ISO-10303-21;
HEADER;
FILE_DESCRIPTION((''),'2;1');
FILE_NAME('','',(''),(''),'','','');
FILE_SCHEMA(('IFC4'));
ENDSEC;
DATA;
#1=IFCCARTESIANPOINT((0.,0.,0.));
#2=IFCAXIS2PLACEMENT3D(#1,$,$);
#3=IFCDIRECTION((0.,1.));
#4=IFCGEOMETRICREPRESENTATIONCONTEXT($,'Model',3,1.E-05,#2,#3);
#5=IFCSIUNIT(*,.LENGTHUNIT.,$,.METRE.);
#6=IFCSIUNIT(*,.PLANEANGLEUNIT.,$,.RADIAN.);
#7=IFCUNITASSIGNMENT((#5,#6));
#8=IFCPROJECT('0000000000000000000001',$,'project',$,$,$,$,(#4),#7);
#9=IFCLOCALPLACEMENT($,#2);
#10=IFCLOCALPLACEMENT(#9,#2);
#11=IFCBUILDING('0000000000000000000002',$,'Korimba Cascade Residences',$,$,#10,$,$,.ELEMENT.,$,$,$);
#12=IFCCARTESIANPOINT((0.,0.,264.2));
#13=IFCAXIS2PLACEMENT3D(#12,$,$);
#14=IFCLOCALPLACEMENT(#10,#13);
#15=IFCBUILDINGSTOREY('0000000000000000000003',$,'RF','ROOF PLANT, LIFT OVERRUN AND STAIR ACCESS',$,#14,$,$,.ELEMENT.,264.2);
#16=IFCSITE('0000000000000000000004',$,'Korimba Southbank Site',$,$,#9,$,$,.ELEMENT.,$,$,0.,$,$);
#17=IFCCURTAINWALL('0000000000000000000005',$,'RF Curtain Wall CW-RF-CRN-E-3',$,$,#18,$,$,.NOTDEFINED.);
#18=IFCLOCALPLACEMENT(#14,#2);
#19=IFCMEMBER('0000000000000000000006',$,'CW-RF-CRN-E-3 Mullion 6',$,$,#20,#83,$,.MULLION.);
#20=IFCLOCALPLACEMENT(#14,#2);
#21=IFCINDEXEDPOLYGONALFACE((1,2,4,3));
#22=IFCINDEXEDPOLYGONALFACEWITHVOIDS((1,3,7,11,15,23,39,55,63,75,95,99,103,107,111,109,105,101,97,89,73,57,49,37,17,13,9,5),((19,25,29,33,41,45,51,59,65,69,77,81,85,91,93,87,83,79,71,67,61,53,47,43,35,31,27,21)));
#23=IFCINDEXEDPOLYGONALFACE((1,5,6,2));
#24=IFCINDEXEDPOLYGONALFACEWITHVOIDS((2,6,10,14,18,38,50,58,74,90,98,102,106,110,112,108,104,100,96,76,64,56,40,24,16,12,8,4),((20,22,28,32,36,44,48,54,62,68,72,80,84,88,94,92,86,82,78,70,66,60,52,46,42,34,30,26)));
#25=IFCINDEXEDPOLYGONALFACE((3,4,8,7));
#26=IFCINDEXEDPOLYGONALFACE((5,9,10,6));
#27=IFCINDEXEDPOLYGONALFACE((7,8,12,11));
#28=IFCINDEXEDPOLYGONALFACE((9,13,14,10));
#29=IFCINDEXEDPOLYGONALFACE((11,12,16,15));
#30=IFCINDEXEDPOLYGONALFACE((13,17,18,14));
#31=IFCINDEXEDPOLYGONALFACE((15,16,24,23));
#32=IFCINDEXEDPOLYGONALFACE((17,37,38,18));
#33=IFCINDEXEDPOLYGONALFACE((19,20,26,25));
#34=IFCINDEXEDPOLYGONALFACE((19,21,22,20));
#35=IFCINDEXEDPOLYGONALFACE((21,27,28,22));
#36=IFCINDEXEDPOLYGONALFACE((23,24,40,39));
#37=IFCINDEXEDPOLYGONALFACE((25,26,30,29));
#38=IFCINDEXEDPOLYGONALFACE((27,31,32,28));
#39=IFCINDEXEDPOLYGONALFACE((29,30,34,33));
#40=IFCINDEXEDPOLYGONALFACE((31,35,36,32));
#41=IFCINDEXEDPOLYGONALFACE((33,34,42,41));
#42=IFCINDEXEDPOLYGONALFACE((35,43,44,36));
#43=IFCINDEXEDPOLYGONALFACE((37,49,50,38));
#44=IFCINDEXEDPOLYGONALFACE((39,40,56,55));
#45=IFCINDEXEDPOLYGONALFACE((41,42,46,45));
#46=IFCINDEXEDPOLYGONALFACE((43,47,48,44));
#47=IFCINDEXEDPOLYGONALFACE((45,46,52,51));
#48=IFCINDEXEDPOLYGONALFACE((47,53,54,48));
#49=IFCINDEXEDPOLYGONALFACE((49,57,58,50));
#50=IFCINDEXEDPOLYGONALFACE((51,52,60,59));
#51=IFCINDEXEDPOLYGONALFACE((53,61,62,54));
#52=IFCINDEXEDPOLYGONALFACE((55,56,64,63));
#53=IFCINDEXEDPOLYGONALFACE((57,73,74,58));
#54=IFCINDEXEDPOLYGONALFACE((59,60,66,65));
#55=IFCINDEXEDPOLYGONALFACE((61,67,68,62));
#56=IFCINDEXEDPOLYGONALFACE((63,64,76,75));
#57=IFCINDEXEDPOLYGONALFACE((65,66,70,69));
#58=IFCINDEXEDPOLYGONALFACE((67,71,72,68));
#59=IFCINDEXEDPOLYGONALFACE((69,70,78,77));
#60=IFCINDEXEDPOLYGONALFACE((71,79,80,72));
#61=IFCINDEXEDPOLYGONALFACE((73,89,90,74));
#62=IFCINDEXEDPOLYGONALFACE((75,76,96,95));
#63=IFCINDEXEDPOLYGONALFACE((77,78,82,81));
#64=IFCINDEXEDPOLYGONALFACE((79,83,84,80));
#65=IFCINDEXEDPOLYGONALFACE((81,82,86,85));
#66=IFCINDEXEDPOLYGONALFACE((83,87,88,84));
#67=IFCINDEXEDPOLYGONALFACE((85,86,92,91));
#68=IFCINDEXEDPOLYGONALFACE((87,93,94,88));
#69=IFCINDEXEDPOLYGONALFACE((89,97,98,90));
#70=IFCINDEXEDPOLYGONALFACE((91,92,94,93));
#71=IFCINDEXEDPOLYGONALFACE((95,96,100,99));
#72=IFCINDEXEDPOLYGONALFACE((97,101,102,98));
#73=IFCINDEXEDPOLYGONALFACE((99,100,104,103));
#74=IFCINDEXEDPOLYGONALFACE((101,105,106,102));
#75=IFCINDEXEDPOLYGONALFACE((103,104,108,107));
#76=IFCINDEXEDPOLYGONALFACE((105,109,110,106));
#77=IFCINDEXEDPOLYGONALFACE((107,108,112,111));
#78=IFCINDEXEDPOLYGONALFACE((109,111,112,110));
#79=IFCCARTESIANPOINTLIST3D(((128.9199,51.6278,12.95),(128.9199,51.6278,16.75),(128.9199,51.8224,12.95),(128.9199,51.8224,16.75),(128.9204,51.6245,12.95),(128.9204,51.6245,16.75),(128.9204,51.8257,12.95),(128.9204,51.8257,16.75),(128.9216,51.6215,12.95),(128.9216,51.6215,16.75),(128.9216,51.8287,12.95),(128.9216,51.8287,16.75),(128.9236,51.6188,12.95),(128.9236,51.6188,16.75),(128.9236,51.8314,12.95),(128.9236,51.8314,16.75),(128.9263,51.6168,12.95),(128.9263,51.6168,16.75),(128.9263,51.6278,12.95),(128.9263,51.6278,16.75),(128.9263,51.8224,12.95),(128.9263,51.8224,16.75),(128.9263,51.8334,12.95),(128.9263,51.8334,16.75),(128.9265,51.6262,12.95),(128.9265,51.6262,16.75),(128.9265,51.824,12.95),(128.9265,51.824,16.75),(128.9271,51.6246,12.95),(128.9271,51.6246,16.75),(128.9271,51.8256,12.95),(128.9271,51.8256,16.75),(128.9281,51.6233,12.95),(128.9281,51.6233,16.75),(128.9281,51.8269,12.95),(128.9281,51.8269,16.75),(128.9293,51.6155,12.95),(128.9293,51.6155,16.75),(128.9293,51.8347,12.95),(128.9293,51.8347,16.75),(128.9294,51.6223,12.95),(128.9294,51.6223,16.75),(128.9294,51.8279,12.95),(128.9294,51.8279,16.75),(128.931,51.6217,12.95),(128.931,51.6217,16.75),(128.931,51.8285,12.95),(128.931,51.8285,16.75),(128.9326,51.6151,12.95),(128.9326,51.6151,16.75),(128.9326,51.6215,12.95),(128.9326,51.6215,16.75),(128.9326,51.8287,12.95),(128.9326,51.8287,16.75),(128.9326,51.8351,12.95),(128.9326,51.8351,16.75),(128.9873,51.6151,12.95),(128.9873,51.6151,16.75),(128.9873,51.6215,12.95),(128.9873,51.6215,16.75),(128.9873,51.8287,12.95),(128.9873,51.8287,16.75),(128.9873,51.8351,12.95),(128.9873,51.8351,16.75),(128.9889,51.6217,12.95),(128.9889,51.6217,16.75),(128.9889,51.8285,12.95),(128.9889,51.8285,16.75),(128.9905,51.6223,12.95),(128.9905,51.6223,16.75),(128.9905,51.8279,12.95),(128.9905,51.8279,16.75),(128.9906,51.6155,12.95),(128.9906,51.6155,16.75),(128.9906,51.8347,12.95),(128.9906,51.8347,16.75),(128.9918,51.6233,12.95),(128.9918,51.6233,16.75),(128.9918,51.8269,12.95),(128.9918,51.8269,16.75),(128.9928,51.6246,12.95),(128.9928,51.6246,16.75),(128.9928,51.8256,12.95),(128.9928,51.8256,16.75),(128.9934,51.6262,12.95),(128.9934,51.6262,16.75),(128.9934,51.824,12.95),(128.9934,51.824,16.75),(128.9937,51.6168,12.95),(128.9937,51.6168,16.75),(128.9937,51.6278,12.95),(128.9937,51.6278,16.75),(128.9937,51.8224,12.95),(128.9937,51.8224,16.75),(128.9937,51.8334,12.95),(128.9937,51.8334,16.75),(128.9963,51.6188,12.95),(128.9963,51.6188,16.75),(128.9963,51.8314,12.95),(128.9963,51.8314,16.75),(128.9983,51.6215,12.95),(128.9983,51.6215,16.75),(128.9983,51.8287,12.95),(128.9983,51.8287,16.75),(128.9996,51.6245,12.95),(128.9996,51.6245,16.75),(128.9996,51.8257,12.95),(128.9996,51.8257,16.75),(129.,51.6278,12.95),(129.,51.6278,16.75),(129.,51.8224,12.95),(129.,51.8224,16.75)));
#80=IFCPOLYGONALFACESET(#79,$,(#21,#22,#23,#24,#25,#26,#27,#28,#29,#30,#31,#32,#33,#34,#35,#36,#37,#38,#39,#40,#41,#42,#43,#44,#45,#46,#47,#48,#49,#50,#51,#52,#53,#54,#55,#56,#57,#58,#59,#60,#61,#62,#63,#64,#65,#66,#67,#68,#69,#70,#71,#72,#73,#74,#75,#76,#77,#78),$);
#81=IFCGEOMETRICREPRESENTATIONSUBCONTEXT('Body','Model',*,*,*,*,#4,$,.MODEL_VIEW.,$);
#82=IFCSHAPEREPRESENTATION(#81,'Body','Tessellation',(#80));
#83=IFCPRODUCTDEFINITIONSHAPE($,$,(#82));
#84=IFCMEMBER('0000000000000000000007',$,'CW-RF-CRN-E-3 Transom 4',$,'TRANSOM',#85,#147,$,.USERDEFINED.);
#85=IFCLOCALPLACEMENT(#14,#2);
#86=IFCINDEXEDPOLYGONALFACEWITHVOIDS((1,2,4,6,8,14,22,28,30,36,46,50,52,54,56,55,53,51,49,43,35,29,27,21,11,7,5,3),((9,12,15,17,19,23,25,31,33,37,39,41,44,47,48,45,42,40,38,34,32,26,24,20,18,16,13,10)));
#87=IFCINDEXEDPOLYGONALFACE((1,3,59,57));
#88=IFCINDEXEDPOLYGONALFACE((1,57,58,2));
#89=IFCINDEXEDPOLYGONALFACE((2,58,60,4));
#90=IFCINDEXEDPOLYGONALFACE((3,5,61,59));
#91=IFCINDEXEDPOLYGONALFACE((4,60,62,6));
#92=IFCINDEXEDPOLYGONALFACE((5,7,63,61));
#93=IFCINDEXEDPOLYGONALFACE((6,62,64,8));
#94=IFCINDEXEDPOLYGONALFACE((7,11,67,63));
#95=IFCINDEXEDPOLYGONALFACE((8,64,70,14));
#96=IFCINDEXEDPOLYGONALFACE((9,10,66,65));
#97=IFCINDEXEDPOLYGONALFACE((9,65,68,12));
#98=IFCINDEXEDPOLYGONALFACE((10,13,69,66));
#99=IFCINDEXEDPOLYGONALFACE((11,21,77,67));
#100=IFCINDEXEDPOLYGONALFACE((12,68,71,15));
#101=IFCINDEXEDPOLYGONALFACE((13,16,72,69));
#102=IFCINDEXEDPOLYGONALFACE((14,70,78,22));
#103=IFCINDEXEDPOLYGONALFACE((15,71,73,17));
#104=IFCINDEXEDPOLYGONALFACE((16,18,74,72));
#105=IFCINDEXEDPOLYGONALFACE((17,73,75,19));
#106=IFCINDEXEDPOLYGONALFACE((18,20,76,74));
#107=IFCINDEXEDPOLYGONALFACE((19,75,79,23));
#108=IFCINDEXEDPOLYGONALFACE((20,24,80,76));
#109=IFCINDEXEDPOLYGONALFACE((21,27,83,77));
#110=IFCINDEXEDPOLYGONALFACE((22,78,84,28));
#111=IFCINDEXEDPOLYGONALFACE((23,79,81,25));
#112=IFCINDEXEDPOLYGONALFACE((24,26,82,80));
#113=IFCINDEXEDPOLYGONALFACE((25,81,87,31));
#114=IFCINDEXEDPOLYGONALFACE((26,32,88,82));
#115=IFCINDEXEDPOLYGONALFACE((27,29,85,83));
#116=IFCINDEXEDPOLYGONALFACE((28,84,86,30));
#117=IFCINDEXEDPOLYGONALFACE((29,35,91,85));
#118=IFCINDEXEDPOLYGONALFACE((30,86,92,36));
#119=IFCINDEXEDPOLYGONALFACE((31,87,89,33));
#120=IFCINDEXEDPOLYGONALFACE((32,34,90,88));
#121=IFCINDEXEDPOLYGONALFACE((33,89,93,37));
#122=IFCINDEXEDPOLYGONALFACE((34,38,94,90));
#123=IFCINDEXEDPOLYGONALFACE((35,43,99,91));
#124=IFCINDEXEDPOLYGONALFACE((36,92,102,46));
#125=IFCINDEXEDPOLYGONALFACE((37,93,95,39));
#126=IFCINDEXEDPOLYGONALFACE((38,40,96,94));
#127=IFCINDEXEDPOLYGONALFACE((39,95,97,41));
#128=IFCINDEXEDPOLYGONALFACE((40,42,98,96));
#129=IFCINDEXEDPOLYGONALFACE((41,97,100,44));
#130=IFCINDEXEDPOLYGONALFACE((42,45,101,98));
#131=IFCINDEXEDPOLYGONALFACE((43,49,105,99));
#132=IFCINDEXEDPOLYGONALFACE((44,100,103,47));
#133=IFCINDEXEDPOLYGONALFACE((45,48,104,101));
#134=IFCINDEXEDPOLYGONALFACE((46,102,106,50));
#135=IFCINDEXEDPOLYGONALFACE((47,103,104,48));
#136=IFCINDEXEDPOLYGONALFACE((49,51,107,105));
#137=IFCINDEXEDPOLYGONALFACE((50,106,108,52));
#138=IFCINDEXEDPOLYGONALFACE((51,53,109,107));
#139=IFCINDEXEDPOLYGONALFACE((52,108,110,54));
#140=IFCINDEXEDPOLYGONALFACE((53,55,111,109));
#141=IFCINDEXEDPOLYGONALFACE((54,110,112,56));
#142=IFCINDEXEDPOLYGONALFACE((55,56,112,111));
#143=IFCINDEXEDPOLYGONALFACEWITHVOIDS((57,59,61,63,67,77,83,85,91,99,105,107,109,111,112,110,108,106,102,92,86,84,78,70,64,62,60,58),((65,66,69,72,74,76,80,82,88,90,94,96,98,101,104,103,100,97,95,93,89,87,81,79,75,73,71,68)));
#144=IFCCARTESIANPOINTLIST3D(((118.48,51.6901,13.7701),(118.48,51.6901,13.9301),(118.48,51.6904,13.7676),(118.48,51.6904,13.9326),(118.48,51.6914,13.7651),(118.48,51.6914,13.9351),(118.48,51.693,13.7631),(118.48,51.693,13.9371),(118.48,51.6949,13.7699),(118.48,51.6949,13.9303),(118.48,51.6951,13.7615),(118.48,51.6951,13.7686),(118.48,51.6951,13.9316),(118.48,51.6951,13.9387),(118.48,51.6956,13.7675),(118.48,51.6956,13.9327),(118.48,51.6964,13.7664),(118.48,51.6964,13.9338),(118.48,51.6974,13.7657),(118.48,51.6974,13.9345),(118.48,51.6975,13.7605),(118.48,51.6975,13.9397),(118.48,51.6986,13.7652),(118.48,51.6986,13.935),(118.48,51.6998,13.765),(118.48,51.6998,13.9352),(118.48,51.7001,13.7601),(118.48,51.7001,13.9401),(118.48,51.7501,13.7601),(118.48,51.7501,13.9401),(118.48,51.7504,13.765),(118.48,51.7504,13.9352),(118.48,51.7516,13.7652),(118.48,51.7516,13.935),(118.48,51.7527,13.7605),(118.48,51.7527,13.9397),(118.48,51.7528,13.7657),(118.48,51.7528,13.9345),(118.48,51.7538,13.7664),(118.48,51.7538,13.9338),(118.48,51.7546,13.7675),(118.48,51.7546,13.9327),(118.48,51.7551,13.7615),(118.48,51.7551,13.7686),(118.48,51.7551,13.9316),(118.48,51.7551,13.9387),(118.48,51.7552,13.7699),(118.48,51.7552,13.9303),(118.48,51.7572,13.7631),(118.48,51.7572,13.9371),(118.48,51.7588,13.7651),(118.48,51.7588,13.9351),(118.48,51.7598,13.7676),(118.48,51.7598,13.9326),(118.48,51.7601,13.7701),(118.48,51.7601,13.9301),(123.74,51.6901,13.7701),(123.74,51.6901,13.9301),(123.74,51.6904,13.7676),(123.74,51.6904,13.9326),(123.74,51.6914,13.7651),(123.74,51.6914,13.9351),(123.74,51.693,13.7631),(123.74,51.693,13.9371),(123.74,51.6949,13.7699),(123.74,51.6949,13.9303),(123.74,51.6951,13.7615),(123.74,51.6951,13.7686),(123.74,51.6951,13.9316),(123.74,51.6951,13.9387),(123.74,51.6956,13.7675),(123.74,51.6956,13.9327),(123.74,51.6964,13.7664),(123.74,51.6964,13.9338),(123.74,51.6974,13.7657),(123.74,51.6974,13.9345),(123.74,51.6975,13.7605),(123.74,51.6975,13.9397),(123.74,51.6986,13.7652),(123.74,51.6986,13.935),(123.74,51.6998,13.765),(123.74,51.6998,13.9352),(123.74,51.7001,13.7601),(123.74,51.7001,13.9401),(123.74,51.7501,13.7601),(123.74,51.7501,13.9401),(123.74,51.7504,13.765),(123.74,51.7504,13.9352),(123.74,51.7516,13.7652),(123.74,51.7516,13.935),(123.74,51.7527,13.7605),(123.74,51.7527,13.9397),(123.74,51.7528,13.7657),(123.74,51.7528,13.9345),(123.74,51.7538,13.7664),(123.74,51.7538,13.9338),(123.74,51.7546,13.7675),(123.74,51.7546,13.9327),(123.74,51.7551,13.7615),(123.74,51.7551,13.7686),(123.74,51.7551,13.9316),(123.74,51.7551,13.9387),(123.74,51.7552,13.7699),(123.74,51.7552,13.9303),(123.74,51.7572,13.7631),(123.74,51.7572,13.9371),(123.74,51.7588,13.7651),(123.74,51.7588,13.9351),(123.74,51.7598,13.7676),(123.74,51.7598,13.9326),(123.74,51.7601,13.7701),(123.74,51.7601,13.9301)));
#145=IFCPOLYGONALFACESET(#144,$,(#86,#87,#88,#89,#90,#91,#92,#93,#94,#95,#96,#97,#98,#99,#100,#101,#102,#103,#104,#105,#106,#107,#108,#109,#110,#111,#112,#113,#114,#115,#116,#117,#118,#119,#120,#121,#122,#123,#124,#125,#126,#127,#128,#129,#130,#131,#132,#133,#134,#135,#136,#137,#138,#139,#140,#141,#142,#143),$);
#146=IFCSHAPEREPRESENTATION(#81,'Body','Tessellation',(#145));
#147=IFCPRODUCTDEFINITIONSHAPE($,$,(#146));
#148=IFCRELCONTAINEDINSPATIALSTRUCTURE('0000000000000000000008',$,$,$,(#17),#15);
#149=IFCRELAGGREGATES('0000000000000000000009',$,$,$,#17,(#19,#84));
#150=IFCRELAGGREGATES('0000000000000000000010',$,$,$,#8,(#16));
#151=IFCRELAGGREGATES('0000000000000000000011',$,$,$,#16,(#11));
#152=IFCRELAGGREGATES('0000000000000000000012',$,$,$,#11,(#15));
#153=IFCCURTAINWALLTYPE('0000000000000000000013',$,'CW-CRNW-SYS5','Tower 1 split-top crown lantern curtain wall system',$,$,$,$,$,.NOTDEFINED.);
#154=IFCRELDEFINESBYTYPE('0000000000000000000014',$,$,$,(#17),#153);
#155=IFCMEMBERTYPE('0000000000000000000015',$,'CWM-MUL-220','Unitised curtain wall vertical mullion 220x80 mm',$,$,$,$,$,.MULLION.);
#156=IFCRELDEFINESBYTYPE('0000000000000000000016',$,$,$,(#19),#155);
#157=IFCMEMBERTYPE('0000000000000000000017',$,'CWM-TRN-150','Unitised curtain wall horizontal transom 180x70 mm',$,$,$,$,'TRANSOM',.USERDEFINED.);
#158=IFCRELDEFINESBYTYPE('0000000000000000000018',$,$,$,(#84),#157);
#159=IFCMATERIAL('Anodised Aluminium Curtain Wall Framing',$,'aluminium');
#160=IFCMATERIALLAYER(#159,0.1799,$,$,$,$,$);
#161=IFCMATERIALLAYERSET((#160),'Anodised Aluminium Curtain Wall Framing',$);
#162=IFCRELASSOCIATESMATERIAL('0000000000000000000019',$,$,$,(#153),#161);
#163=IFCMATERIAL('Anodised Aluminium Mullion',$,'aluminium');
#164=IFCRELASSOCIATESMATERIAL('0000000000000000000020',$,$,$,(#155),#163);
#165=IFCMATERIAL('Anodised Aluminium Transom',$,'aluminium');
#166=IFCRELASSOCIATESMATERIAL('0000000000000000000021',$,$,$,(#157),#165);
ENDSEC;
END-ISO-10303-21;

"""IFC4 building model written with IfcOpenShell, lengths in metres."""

from ifc_helpers import new_model, si_unit, direction, frame, origin, origin_2d, place, context, subcontext, project, spatial, hollow_rectangle, extrude, material, layer, layer_set, material_profile, profile_set, type_object, element, aggregate, save


model = new_model("IFC4")

# Units and contexts
model_context = context("Model", 3, precision=1e-05, world=origin(), true_north=direction((0.0, 1.0)))
body_context = subcontext(model_context, "Body", "Model", "MODEL_VIEW")
ifc_project = project(units=[si_unit("LENGTHUNIT", "METRE"), si_unit("PLANEANGLEUNIT", "RADIAN")], contexts=[model_context])

# Site, building, storey
site_placement = place(None, origin())
site = spatial("IfcSite", under=ifc_project, at=site_placement, Name="Korimba Southbank Site", CompositionType="ELEMENT", RefElevation=0.0)
building_placement = place(site_placement, origin())
building = spatial("IfcBuilding", under=site, at=building_placement, Name="Korimba Cascade Residences", CompositionType="ELEMENT")
storey_placement = place(building_placement, frame((0.0, 0.0, 264.2)))
storey = spatial("IfcBuildingStorey", under=building, at=storey_placement, Name="RF", Description="ROOF PLANT, LIFT OVERRUN AND STAIR ACCESS", CompositionType="ELEMENT", Elevation=264.2)

# Curtain wall, members
ifc_material_1 = material(Name="Anodised Aluminium Curtain Wall Framing", Category="aluminium")
ifc_layer_1 = layer(ifc_material_1, 0.1799)
ifc_layer_set_1 = layer_set([ifc_layer_1], Name="Anodised Aluminium Curtain Wall Framing")
curtain_wall_type = type_object("IfcCurtainWallType", Name="CW-CRNW-SYS5", Description="Tower 1 split-top crown lantern curtain wall system", PredefinedType="NOTDEFINED", material=ifc_layer_set_1)
curtain_wall_placement = place(storey_placement, origin())
curtain_wall = element("IfcCurtainWall", 1, at=curtain_wall_placement, inside=storey, type_object=curtain_wall_type, Name="RF Curtain Wall CW-RF-CRN-E-3", PredefinedType="NOTDEFINED")
ifc_material_2 = material(Name="Anodised Aluminium Mullion", Category="aluminium")
ifc_material_profile_1 = material_profile(ifc_material_2, hollow_rectangle(XDim=0.0801, YDim=0.22, WallThickness=0.0063, InnerFilletRadius=0.0063, OuterFilletRadius=0.0127, at=origin_2d()), Name="Anodised Aluminium Mullion")
ifc_profile_set_1 = profile_set([ifc_material_profile_1], Name="Anodised Aluminium Mullion")
member_type_1 = type_object("IfcMemberType", Name="CWM-MUL-220", Description="Unitised curtain wall vertical mullion 220x80 mm", PredefinedType="MULLION", material=ifc_profile_set_1)
member_1_placement = place(storey_placement, frame((128.96, 51.7251, 12.95), z_axis=(0.0, 0.0, 1.0), x_axis=(1.0, 0.0, 0.0)))
member_1 = element("IfcMember", 2, at=member_1_placement, type_object=member_type_1, Name="CW-RF-CRN-E-3 Mullion 6", PredefinedType="MULLION", context=body_context, shape_type="SweptSolid", body=[
    extrude(hollow_rectangle(XDim=0.0801, YDim=0.22, WallThickness=0.0063, InnerFilletRadius=0.0063, OuterFilletRadius=0.0127, at=origin_2d()), origin(), (0.0, 0.0, 1.0), 3.8),
])
ifc_material_3 = material(Name="Anodised Aluminium Transom", Category="aluminium")
ifc_material_profile_2 = material_profile(ifc_material_3, hollow_rectangle(XDim=0.0701, YDim=0.1799, WallThickness=0.0049, InnerFilletRadius=0.0049, OuterFilletRadius=0.01, at=origin_2d()), Name="Anodised Aluminium Transom")
ifc_profile_set_2 = profile_set([ifc_material_profile_2], Name="Anodised Aluminium Transom")
member_type_2 = type_object("IfcMemberType", Name="CWM-TRN-150", Description="Unitised curtain wall horizontal transom 180x70 mm", ElementType="TRANSOM", PredefinedType="USERDEFINED", material=ifc_profile_set_2)
member_2_placement = place(storey_placement, frame((118.48, 51.7251, 13.8501), z_axis=(1.0, 0.0, 0.0), x_axis=(0.0, 1.0, 0.0)))
member_2 = element("IfcMember", 3, at=member_2_placement, type_object=member_type_2, Name="CW-RF-CRN-E-3 Transom 4", ObjectType="TRANSOM", PredefinedType="USERDEFINED", context=body_context, shape_type="SweptSolid", body=[
    extrude(hollow_rectangle(XDim=0.0701, YDim=0.1799, WallThickness=0.0049, InnerFilletRadius=0.0049, OuterFilletRadius=0.01, at=origin_2d()), origin(), (0.0, 0.0, 1.0), 5.26),
])

aggregate(curtain_wall, [member_1, member_2])

save(model, "model.ifc")
